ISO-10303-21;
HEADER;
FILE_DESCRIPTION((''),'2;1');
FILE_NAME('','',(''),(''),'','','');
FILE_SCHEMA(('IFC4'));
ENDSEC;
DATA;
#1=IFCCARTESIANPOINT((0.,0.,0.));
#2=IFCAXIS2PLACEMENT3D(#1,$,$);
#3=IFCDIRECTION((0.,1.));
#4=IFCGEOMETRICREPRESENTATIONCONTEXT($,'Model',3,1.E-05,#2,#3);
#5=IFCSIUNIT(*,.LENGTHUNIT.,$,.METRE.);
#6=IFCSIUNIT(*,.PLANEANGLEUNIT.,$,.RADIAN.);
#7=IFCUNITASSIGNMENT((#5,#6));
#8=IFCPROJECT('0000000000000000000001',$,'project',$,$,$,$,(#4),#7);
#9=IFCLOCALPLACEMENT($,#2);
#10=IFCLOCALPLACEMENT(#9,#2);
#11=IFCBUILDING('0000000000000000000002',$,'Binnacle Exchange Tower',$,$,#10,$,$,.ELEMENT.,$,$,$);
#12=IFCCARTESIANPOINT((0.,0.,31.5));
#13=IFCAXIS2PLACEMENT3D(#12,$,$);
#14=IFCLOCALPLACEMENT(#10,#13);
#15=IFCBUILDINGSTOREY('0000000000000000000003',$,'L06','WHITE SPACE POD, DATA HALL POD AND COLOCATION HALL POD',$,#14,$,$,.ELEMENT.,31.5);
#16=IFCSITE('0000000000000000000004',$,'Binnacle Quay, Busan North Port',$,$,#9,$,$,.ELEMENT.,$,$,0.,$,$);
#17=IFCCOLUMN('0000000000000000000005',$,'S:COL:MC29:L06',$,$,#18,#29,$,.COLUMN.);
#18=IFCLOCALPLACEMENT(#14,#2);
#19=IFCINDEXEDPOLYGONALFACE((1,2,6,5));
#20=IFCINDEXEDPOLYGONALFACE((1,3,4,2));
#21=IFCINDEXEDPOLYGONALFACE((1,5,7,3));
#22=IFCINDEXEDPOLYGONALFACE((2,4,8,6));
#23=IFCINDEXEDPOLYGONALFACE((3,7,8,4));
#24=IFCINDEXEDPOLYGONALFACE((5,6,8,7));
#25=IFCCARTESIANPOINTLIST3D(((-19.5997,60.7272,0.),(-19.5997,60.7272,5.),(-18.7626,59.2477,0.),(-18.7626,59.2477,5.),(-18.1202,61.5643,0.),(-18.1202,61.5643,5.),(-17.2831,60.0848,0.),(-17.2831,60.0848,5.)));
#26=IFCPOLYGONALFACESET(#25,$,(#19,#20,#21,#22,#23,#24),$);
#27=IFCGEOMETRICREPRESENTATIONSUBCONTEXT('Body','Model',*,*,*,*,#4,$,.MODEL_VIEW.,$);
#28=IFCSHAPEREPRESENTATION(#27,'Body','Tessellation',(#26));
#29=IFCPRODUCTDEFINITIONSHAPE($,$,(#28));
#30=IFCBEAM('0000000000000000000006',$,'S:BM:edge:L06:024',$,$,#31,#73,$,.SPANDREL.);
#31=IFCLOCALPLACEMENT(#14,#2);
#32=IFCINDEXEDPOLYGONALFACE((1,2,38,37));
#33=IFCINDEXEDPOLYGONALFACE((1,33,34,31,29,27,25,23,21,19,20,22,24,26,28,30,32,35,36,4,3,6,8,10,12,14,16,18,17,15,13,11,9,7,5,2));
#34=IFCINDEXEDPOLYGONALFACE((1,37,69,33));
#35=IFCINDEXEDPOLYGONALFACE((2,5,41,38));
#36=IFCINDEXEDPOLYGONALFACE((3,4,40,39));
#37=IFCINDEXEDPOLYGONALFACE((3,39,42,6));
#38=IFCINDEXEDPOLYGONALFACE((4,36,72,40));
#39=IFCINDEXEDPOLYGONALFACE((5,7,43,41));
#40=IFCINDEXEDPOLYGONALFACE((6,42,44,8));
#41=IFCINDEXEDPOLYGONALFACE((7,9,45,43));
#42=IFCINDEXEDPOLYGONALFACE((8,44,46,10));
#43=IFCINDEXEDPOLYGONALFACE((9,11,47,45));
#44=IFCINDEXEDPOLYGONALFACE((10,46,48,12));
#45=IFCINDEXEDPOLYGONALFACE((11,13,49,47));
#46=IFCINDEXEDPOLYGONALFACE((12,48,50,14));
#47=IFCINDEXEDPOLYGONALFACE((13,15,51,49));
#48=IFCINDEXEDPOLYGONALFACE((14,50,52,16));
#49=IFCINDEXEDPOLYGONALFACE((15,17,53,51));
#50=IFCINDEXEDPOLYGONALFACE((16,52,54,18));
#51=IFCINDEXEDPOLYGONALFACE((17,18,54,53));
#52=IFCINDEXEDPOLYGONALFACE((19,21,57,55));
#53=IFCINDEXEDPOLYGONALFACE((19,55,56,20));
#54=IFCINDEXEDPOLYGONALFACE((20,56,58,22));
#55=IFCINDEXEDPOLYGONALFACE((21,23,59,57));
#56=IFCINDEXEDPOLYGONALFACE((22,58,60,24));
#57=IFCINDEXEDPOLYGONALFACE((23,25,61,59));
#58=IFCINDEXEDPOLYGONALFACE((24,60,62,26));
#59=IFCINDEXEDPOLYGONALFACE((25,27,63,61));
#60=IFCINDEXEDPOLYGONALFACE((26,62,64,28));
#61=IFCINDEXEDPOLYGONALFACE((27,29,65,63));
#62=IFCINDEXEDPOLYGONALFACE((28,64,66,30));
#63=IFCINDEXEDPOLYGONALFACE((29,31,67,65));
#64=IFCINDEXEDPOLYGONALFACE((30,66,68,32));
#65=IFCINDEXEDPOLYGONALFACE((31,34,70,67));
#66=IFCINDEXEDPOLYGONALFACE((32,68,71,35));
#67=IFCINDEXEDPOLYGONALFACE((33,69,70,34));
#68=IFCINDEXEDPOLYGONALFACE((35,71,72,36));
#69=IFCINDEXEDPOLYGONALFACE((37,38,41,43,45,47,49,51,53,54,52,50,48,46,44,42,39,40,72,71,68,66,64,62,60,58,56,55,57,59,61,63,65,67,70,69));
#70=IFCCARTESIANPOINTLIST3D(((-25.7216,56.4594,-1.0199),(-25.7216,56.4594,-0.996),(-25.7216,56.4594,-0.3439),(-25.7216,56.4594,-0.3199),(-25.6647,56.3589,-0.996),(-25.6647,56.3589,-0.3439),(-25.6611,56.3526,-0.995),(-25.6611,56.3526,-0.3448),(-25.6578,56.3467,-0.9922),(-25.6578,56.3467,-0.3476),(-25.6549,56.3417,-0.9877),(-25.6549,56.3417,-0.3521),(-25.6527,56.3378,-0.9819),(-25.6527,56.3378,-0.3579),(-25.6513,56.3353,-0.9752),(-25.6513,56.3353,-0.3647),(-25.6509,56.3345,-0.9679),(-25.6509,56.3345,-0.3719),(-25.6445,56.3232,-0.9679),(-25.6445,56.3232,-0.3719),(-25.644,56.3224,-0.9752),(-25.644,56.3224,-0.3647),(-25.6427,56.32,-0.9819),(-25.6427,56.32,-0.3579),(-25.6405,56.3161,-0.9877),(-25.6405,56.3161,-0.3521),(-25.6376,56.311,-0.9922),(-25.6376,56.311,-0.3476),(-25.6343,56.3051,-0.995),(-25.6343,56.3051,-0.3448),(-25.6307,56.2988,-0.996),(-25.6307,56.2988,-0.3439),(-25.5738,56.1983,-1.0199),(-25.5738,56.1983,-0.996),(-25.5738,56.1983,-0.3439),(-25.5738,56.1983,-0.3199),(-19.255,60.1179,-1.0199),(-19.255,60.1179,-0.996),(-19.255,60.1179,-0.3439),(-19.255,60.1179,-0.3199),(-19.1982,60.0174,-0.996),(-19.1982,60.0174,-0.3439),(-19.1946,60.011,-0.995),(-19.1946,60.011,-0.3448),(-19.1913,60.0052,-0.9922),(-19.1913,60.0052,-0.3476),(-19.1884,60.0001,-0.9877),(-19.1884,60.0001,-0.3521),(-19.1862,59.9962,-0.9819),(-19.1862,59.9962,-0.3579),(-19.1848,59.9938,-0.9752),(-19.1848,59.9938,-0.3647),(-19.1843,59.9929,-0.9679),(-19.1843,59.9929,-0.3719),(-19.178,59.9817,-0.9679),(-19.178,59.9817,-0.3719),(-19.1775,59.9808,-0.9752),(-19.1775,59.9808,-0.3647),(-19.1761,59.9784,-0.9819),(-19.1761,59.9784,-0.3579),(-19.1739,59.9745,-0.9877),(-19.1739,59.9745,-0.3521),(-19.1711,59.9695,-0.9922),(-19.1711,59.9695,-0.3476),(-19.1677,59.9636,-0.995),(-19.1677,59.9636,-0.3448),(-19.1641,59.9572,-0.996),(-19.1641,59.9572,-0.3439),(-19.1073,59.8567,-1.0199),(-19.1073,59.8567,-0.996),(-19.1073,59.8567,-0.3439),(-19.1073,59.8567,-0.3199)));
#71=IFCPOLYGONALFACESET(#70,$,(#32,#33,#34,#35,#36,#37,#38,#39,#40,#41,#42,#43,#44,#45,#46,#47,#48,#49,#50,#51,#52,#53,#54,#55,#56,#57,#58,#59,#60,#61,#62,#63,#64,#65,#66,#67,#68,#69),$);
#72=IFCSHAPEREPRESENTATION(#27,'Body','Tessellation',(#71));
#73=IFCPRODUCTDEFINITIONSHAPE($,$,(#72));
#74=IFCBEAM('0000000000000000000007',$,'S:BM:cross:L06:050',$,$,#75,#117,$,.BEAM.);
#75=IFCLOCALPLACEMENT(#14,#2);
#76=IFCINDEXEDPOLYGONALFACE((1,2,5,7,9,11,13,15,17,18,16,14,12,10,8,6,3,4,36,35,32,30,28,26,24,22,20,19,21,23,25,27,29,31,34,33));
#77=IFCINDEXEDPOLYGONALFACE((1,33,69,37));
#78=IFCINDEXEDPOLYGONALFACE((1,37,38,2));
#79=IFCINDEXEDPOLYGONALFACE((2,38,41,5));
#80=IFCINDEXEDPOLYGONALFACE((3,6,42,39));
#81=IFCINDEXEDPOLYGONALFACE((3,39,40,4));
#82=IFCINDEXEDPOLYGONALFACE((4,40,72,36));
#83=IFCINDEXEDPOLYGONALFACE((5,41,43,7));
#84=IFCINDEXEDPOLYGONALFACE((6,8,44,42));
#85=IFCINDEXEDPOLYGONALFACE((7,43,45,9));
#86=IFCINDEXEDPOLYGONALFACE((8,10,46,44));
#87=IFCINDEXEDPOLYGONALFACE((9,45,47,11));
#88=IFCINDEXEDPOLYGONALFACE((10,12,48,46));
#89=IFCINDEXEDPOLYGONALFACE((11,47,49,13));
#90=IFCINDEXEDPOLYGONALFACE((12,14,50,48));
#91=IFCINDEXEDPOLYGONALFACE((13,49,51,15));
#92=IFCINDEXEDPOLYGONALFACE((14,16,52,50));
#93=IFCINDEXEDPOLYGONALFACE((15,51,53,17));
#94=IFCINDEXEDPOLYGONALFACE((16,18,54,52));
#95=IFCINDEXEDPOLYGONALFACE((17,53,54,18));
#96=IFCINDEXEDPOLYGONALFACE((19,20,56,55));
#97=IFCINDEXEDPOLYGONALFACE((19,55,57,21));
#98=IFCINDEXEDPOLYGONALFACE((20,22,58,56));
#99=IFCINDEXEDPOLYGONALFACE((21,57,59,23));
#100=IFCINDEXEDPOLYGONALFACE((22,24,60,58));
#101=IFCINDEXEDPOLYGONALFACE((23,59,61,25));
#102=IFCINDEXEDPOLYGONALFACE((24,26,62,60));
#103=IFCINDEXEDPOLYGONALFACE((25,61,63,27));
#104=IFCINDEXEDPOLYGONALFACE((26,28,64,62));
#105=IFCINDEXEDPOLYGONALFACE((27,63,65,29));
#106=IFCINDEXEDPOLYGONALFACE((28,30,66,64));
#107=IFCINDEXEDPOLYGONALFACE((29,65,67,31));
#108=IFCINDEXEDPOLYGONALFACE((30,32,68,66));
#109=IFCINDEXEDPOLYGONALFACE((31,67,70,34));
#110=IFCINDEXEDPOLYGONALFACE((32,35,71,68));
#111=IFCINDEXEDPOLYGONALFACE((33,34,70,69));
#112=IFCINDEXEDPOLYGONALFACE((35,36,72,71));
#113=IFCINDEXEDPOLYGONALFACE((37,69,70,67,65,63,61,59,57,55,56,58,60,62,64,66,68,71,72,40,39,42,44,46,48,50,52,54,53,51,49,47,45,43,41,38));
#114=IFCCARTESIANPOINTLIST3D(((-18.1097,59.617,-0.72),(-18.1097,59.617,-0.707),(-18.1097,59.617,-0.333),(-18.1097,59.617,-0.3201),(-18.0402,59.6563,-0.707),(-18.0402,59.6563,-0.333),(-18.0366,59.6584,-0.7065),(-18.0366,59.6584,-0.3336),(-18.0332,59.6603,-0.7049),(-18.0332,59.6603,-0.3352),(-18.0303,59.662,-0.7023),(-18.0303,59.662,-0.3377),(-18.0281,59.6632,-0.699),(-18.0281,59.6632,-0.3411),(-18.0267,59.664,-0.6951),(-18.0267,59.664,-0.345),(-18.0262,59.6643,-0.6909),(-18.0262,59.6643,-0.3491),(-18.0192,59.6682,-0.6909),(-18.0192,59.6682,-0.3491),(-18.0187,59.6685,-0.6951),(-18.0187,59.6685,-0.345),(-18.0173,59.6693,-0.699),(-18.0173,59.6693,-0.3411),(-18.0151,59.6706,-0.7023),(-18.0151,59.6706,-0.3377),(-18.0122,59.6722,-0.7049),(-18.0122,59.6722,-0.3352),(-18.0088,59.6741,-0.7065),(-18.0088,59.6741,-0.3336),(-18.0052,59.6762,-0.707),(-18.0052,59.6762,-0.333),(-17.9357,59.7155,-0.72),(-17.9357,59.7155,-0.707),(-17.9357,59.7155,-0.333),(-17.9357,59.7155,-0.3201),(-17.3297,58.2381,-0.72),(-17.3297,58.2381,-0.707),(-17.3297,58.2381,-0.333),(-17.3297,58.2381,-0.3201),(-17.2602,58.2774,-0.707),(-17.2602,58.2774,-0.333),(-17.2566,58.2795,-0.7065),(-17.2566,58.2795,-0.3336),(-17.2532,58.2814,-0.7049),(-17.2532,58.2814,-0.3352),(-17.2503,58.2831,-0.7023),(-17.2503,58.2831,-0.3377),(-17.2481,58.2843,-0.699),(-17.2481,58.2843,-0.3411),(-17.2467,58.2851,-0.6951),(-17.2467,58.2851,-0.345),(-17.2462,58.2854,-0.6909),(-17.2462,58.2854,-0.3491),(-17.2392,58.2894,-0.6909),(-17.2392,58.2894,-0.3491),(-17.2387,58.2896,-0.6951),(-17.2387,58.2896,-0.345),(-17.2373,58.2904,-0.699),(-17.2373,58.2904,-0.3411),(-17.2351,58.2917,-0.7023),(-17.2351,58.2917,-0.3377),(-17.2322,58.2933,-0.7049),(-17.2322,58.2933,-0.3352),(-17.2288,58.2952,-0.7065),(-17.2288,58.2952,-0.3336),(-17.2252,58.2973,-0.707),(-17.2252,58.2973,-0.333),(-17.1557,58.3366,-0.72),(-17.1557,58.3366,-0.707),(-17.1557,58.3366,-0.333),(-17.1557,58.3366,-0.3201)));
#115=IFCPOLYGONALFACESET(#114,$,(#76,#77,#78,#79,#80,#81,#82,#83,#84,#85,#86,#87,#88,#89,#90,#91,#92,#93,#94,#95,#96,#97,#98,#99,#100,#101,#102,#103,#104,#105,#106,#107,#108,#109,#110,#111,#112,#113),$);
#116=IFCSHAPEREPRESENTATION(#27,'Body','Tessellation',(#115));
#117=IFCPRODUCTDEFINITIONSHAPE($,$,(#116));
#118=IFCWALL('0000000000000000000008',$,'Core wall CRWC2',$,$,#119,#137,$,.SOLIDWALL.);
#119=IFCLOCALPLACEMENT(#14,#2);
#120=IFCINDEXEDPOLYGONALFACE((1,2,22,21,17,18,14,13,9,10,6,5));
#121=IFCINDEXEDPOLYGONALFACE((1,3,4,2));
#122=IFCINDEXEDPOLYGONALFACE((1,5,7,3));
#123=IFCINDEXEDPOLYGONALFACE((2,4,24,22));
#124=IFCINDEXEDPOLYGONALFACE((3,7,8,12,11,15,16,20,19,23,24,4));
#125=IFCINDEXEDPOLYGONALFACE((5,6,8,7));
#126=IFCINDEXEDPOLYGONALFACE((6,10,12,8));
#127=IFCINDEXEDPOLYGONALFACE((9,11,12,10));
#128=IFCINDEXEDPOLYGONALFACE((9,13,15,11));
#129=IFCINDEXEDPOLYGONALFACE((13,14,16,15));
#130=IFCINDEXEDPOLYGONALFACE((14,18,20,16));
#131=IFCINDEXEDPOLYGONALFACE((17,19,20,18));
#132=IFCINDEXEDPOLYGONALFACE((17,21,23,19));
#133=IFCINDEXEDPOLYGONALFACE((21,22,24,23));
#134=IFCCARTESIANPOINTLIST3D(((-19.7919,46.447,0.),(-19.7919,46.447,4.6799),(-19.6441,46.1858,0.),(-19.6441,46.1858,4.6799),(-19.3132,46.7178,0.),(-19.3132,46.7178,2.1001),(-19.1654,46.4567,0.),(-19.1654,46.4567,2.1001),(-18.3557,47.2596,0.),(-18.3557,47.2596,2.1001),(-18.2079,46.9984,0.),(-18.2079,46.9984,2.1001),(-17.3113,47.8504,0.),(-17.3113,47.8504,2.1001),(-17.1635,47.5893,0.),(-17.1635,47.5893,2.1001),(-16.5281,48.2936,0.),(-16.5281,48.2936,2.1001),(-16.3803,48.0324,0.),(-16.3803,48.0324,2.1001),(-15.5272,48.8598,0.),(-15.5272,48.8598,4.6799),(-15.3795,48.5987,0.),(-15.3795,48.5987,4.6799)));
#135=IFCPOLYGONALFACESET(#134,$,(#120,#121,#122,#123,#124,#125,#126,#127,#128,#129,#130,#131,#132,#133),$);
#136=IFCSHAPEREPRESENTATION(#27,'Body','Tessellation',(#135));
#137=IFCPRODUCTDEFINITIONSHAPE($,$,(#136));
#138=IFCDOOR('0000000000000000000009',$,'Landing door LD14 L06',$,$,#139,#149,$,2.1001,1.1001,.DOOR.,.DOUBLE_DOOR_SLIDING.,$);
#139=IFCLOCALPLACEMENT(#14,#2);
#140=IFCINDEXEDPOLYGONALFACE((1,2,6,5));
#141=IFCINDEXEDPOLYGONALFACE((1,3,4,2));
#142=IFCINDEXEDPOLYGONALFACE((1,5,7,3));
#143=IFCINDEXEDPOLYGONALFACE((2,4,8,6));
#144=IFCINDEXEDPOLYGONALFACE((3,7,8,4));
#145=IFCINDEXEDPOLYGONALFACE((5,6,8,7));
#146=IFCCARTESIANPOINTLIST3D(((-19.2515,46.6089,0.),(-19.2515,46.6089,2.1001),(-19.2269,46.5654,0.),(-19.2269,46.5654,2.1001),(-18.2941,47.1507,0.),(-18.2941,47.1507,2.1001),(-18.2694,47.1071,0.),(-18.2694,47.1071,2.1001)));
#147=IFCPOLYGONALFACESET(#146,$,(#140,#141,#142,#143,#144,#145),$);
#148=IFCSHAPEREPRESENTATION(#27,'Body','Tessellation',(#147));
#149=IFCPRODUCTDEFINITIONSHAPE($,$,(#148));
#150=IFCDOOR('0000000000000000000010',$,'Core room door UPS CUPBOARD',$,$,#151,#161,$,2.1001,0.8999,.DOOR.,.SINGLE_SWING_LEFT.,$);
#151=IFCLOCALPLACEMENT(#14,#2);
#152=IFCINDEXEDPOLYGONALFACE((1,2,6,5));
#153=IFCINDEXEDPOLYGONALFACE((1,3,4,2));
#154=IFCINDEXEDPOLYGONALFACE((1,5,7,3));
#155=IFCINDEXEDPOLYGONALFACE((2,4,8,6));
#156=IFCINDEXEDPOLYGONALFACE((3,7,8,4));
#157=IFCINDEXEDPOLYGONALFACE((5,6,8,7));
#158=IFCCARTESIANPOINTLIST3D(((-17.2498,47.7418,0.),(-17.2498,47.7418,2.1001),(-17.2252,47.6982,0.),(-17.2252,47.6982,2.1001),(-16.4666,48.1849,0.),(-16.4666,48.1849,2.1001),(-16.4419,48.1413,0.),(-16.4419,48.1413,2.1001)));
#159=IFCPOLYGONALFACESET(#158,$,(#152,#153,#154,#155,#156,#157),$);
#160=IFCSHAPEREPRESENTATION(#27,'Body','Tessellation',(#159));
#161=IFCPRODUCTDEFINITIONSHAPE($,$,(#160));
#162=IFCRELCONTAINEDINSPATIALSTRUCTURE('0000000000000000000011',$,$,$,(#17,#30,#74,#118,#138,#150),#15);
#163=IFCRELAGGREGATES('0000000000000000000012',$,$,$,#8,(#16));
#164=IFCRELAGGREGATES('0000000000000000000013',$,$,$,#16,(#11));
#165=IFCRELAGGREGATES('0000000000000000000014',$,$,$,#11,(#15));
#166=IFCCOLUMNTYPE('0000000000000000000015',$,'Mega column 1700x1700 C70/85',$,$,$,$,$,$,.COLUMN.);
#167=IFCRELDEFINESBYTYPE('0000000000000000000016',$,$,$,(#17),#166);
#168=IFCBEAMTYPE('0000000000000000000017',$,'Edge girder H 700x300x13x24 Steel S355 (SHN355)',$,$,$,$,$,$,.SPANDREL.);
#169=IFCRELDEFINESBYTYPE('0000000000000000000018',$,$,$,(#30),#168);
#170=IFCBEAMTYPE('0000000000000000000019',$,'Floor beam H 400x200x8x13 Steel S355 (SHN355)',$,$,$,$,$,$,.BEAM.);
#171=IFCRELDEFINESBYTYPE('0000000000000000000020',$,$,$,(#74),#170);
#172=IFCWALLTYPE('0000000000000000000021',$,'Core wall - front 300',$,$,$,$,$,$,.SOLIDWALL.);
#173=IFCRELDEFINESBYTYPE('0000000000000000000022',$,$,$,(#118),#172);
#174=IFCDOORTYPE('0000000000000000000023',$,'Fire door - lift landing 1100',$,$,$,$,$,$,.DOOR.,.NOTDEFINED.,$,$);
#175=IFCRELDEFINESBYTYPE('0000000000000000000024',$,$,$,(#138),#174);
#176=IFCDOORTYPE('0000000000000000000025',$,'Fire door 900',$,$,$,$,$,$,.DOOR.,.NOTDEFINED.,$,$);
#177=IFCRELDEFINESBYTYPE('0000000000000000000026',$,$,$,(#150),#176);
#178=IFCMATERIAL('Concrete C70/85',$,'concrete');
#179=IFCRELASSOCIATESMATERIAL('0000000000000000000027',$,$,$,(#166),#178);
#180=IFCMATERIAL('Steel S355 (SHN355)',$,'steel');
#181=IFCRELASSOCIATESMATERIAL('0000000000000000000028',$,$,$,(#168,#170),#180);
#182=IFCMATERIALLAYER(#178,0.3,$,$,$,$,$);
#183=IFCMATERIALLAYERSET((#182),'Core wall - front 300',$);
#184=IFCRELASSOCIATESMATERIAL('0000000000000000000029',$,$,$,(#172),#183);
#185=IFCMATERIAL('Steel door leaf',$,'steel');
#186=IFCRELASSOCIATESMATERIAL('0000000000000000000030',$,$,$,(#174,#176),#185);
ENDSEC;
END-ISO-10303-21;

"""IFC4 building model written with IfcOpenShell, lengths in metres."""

from ifc_helpers import new_model, si_unit, direction, frame, frame_2d, origin, origin_2d, place, context, subcontext, project, spatial, rectangle, i_section, extrude, material, layer, layer_set, material_profile, profile_set, type_object, element, fill, save


model = new_model("IFC4")

# Units and contexts
model_context = context("Model", 3, precision=1e-05, world=origin(), true_north=direction((0.0, 1.0)))
body_context = subcontext(model_context, "Body", "Model", "MODEL_VIEW")
ifc_project = project(units=[si_unit("LENGTHUNIT", "METRE"), si_unit("PLANEANGLEUNIT", "RADIAN")], contexts=[model_context])

# Site, building, storey
site_placement = place(None, origin())
site = spatial("IfcSite", under=ifc_project, at=site_placement, Name="Binnacle Quay, Busan North Port", CompositionType="ELEMENT", RefElevation=0.0)
building_placement = place(site_placement, origin())
building = spatial("IfcBuilding", under=site, at=building_placement, Name="Binnacle Exchange Tower", CompositionType="ELEMENT")
storey_placement = place(building_placement, frame((0.0, 0.0, 31.5)))
storey = spatial("IfcBuildingStorey", under=building, at=storey_placement, Name="L06", Description="WHITE SPACE POD, DATA HALL POD AND COLOCATION HALL POD", CompositionType="ELEMENT", Elevation=31.5)

# Column
ifc_material_1 = material(Name="Concrete C70/85", Category="concrete")
ifc_material_profile_1 = material_profile(ifc_material_1, rectangle(XDim=1.7, YDim=1.7, at=origin_2d()), Name="Mega column 1700x1700 C70/85")
ifc_profile_set_1 = profile_set([ifc_material_profile_1], Name="Concrete C70/85")
column_type = type_object("IfcColumnType", Name="Mega column 1700x1700 C70/85", PredefinedType="COLUMN", material=ifc_profile_set_1)
column_placement = place(storey_placement, frame((-18.4414, 60.406, 0.0), z_axis=(0.0, 0.0, 1.0), x_axis=(-0.870356, -0.492424, 0.0)))
element("IfcColumn", 1, at=column_placement, inside=storey, type_object=column_type, Name="S:COL:MC29:L06", PredefinedType="COLUMN", context=body_context, shape_type="SweptSolid", body=[
    extrude(rectangle(XDim=1.7, YDim=1.7, at=origin_2d()), origin(), (0.0, 0.0, 1.0), 5.0),
])

# Beams
ifc_material_2 = material(Name="Steel S355 (SHN355)", Category="steel")
ifc_material_profile_2 = material_profile(ifc_material_2, i_section(OverallWidth=0.3, OverallDepth=0.7, WebThickness=0.0129, FlangeThickness=0.0239, FilletRadius=0.0281, at=origin_2d()), Name="H 700x300x13x24")
ifc_profile_set_2 = profile_set([ifc_material_profile_2], Name="Steel S355 (SHN355)")
beam_type_1 = type_object("IfcBeamType", Name="Edge girder H 700x300x13x24 Steel S355 (SHN355)", PredefinedType="SPANDREL", material=ifc_profile_set_2)
beam_1_placement = place(storey_placement, frame((-19.1812, 59.9873, -0.6699), z_axis=(-0.870364, -0.492408, 0.0), x_axis=(0.492408, -0.870364, 0.0)))
element("IfcBeam", 2, at=beam_1_placement, inside=storey, type_object=beam_type_1, Name="S:BM:edge:L06:024", PredefinedType="SPANDREL", context=body_context, shape_type="SweptSolid", body=[
    extrude(i_section(OverallWidth=0.3, OverallDepth=0.7, WebThickness=0.0129, FlangeThickness=0.0239, FilletRadius=0.0281, at=origin_2d()), origin(), (0.0, 0.0, 1.0), 7.4297),
])
ifc_material_profile_3 = material_profile(ifc_material_2, i_section(OverallWidth=0.2, OverallDepth=0.3999, WebThickness=0.0081, FlangeThickness=0.0129, FilletRadius=0.0161, at=origin_2d()), Name="H 400x200x8x13")
ifc_profile_set_3 = profile_set([ifc_material_profile_3], Name="Steel S355 (SHN355)")
beam_type_2 = type_object("IfcBeamType", Name="Floor beam H 400x200x8x13 Steel S355 (SHN355)", PredefinedType="BEAM", material=ifc_profile_set_3)
beam_2_placement = place(storey_placement, frame((-18.0227, 59.6663, -0.52), z_axis=(0.492367, -0.870388, 0.0), x_axis=(0.870388, 0.492367, 0.0)))
element("IfcBeam", 3, at=beam_2_placement, inside=storey, type_object=beam_type_2, Name="S:BM:cross:L06:050", PredefinedType="BEAM", context=body_context, shape_type="SweptSolid", body=[
    extrude(i_section(OverallWidth=0.2, OverallDepth=0.3999, WebThickness=0.0081, FlangeThickness=0.0129, FilletRadius=0.0161, at=origin_2d()), origin(), (0.0, 0.0, 1.0), 1.5842),
])

# Wall, openings, doors
ifc_layer_1 = layer(ifc_material_1, 0.3)
ifc_layer_set_1 = layer_set([ifc_layer_1], Name="Core wall - front 300")
wall_type_1 = type_object("IfcWallType", Name="Core wall - front 300", PredefinedType="SOLIDWALL", material=ifc_layer_set_1)
wall_1_placement = place(storey_placement, frame((-19.718, 46.3164, 0.0), z_axis=(0.0, 0.0, 1.0), x_axis=(0.870354, 0.492427, 0.0)))
wall_1 = element("IfcWall", 4, at=wall_1_placement, inside=storey, type_object=wall_type_1, Name="Core wall CRWC2", PredefinedType="SOLIDWALL", context=body_context, shape_type="SweptSolid", body=[
    extrude(rectangle(XDim=4.8999, YDim=0.3, at=frame_2d((2.45, 0.0))), origin(), (0.0, 0.0, 1.0), 4.6799),
])
opening_1_placement = place(wall_1_placement, frame((0.55, 0.0, 0.0)))
opening_1 = element("IfcOpeningElement", 5, at=opening_1_placement, cuts=wall_1, PredefinedType="OPENING", context=body_context, shape_type="SweptSolid", body=[
    extrude(rectangle(XDim=1.1001, YDim=2.1001, at=frame_2d((0.55, 1.05))), frame((0.0, 0.1599, 0.0), z_axis=(0.0, -1.0, 0.0), x_axis=(1.0, 0.0, 0.0)), (0.0, 0.0, 1.0), 0.3201),
])
opening_2_placement = place(wall_1_placement, frame((2.8501, 0.0, 0.0)))
opening_2 = element("IfcOpeningElement", 6, at=opening_2_placement, cuts=wall_1, PredefinedType="OPENING", context=body_context, shape_type="SweptSolid", body=[
    extrude(rectangle(XDim=0.8999, YDim=2.1001, at=frame_2d((0.45, 1.05))), frame((0.0, 0.1599, 0.0), z_axis=(0.0, -1.0, 0.0), x_axis=(1.0, 0.0, 0.0)), (0.0, 0.0, 1.0), 0.3201),
])
ifc_material_3 = material(Name="Steel door leaf", Category="steel")
door_type_1 = type_object("IfcDoorType", Name="Fire door - lift landing 1100", OperationType="NOTDEFINED", PredefinedType="DOOR", material=ifc_material_3)
door_1_placement = place(opening_1_placement, origin())
door_1 = element("IfcDoor", 7, at=door_1_placement, inside=storey, type_object=door_type_1, Name="Landing door LD14 L06", OperationType="DOUBLE_DOOR_SLIDING", OverallHeight=2.1001, OverallWidth=1.1001, PredefinedType="DOOR", context=body_context, shape_type="SweptSolid", body=[
    extrude(rectangle(XDim=1.1001, YDim=2.1001, at=frame_2d((0.55, 1.05))), frame((0.0, 0.0249, 0.0), z_axis=(0.0, -1.0, 0.0), x_axis=(1.0, 0.0, 0.0)), (0.0, 0.0, 1.0), 0.05),
])
fill(opening_1, door_1)
door_type_2 = type_object("IfcDoorType", Name="Fire door 900", OperationType="NOTDEFINED", PredefinedType="DOOR", material=ifc_material_3)
door_2_placement = place(opening_2_placement, frame((0.8999, 0.0, 0.0), z_axis=(0.0, 0.0, 1.0), x_axis=(-1.0, 0.0, 0.0)))
door_2 = element("IfcDoor", 8, at=door_2_placement, inside=storey, type_object=door_type_2, Name="Core room door UPS CUPBOARD", OperationType="SINGLE_SWING_LEFT", OverallHeight=2.1001, OverallWidth=0.8999, PredefinedType="DOOR", context=body_context, shape_type="SweptSolid", body=[
    extrude(rectangle(XDim=0.8999, YDim=2.1001, at=frame_2d((0.45, 1.05))), frame((0.0, 0.0249, 0.0), z_axis=(0.0, -1.0, 0.0), x_axis=(1.0, 0.0, 0.0)), (0.0, 0.0, 1.0), 0.05),
])
fill(opening_2, door_2)

save(model, "model.ifc")
